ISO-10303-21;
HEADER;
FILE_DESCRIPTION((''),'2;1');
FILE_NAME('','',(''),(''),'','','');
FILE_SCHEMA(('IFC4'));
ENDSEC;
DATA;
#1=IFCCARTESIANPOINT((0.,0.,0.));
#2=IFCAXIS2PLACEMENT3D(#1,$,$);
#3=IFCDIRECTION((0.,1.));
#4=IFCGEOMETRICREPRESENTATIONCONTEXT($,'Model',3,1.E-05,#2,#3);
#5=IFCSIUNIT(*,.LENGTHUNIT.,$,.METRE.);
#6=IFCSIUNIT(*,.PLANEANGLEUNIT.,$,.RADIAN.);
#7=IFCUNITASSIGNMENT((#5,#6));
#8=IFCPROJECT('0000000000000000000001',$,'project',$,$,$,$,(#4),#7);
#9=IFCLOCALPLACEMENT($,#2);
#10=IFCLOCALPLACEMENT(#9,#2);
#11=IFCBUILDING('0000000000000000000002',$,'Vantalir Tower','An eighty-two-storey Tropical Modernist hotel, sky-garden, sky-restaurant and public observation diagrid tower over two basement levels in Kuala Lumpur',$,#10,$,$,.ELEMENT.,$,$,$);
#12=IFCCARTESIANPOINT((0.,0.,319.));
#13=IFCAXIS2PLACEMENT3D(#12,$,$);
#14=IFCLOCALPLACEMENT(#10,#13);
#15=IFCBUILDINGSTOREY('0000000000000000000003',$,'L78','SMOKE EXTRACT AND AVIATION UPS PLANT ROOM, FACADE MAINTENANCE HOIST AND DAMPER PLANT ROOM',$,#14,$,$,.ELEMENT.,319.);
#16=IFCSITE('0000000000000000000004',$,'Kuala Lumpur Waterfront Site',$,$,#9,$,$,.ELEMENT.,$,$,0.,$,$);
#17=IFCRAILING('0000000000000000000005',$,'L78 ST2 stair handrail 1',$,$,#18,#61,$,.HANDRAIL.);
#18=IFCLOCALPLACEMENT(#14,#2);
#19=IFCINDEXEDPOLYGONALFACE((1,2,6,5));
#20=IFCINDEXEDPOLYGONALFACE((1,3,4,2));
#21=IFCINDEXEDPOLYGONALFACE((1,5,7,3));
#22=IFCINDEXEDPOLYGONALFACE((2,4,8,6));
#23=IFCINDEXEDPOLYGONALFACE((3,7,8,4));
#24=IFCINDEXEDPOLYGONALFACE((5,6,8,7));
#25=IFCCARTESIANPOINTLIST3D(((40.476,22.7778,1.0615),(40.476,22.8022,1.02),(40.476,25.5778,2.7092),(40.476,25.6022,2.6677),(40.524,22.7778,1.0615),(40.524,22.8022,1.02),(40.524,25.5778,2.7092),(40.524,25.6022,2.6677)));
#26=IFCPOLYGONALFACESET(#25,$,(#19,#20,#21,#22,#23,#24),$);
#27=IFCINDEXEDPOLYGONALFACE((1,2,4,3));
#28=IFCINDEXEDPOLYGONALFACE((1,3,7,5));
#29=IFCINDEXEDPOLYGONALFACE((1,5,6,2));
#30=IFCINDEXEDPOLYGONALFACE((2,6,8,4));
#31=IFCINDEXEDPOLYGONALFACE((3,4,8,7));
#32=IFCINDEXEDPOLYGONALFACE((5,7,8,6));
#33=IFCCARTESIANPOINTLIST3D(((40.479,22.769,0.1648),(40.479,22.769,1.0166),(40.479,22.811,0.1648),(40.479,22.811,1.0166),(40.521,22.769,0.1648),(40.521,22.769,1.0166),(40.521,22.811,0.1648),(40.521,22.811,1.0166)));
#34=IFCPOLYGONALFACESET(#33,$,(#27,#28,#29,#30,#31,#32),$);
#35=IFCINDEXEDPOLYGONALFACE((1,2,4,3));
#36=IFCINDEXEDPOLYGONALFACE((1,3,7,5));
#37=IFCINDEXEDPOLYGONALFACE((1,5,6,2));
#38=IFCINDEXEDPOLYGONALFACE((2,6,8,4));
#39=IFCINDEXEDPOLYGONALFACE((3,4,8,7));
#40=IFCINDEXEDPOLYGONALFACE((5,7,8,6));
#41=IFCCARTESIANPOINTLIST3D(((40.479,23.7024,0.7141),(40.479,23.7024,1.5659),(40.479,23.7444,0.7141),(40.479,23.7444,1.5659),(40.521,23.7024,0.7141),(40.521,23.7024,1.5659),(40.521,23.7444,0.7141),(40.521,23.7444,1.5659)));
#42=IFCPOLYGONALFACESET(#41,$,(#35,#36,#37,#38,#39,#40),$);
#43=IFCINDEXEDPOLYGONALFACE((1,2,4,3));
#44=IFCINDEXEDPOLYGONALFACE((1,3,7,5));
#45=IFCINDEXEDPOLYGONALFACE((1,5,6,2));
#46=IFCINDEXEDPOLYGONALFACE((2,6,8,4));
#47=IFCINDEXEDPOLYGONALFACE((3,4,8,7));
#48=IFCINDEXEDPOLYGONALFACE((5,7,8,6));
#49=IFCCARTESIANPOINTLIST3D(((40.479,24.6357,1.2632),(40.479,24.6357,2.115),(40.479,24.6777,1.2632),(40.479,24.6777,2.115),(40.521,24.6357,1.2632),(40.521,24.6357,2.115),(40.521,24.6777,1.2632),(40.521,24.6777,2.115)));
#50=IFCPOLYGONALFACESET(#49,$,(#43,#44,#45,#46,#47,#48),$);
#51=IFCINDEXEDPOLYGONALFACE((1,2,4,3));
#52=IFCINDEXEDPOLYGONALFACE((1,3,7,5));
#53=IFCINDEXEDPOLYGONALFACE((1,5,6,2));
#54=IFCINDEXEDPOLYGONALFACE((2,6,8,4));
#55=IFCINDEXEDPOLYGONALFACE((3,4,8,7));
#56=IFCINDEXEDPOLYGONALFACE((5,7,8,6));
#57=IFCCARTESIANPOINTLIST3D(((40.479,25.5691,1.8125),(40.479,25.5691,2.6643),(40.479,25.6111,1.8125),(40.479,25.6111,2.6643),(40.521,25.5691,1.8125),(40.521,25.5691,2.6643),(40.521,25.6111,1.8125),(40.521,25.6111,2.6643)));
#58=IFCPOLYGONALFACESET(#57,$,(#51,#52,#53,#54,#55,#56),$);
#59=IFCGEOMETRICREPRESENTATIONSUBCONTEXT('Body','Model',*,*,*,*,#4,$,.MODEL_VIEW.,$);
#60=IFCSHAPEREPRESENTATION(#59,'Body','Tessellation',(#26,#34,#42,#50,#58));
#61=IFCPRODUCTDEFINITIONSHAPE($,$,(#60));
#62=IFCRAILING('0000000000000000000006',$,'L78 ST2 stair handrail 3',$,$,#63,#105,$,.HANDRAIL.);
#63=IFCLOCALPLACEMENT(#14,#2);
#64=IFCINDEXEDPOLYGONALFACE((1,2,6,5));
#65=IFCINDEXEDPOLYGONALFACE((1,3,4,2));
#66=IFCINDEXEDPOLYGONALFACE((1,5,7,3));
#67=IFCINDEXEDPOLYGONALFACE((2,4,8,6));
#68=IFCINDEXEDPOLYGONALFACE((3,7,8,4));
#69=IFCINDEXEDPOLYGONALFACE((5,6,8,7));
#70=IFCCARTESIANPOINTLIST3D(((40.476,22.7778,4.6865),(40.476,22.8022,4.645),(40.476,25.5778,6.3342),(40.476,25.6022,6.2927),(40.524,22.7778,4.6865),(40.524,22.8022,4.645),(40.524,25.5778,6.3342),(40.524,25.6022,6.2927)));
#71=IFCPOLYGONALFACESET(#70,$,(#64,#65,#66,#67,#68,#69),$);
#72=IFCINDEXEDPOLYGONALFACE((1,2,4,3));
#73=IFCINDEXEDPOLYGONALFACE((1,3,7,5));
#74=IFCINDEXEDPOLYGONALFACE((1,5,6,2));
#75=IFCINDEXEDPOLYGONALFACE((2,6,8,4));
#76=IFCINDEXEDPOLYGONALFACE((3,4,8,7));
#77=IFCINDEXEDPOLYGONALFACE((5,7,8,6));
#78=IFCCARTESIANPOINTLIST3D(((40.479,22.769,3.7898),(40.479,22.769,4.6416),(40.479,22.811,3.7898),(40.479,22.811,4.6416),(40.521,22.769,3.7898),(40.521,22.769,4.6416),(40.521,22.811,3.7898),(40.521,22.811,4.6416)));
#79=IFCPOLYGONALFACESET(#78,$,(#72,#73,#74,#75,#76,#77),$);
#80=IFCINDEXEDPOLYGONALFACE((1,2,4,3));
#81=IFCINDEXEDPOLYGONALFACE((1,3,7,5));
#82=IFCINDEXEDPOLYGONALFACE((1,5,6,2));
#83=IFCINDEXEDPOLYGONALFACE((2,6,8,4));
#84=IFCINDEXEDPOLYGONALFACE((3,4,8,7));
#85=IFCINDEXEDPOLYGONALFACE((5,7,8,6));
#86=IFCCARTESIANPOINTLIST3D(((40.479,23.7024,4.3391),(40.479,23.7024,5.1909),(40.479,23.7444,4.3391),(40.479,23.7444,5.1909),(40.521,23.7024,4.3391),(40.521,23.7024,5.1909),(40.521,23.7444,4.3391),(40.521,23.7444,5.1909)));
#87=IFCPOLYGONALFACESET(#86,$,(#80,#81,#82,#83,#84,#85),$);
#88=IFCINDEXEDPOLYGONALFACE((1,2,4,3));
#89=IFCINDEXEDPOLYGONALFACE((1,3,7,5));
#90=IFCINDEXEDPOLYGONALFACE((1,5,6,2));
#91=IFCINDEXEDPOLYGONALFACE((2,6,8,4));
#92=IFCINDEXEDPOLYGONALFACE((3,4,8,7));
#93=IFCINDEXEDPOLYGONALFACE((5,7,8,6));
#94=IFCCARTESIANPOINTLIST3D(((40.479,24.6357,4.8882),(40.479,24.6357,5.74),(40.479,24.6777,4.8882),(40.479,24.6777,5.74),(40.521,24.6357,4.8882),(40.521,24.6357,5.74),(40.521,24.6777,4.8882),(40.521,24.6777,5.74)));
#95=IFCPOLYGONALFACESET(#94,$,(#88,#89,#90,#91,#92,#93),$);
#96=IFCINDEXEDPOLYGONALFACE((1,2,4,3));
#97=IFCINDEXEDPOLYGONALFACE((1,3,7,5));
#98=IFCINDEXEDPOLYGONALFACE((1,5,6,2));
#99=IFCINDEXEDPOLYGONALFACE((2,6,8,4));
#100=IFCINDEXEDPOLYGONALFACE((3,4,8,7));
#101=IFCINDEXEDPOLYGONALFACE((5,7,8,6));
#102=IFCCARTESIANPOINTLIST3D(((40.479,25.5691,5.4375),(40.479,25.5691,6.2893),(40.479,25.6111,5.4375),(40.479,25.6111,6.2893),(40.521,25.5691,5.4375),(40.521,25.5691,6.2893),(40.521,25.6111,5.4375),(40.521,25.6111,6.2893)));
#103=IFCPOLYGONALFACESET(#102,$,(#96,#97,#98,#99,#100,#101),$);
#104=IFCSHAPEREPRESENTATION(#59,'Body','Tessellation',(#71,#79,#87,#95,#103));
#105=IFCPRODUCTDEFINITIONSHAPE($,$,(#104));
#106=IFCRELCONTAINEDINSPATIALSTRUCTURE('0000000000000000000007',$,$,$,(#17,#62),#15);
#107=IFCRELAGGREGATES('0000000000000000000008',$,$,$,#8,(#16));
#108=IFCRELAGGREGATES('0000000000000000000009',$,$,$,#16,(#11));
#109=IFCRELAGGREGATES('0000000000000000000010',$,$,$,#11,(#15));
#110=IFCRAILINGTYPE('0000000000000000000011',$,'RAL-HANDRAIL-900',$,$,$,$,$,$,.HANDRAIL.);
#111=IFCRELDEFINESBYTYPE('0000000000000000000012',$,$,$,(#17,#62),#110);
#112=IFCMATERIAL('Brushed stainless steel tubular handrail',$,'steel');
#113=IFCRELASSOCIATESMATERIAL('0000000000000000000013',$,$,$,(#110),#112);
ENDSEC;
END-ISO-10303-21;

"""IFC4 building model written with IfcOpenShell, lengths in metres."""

from ifc_helpers import new_model, si_unit, direction, frame, origin, origin_2d, place, context, subcontext, project, spatial, rectangle, extrude, material, type_object, element, save


model = new_model("IFC4")

# Units and contexts
model_context = context("Model", 3, precision=1e-05, world=origin(), true_north=direction((0.0, 1.0)))
body_context = subcontext(model_context, "Body", "Model", "MODEL_VIEW")
ifc_project = project(units=[si_unit("LENGTHUNIT", "METRE"), si_unit("PLANEANGLEUNIT", "RADIAN")], contexts=[model_context])

# Site, building, storey
site_placement = place(None, origin())
site = spatial("IfcSite", under=ifc_project, at=site_placement, Name="Kuala Lumpur Waterfront Site", CompositionType="ELEMENT", RefElevation=0.0)
building_placement = place(site_placement, origin())
building = spatial("IfcBuilding", under=site, at=building_placement, Name="Vantalir Tower", Description="An eighty-two-storey Tropical Modernist hotel, sky-garden, sky-restaurant and public observation diagrid tower over two basement levels in Kuala Lumpur", CompositionType="ELEMENT")
storey_placement = place(building_placement, frame((0.0, 0.0, 319.0)))
storey = spatial("IfcBuildingStorey", under=building, at=storey_placement, Name="L78", Description="SMOKE EXTRACT AND AVIATION UPS PLANT ROOM, FACADE MAINTENANCE HOIST AND DAMPER PLANT ROOM", CompositionType="ELEMENT", Elevation=319.0)

# Railings
ifc_material_1 = material(Name="Brushed stainless steel tubular handrail", Category="steel")
railing_type = type_object("IfcRailingType", Name="RAL-HANDRAIL-900", PredefinedType="HANDRAIL", material=ifc_material_1)
for number, where, name in (
    (1, (40.5, 22.79, 0.1648), "L78 ST2 stair handrail 1"),
    (2, (40.5, 22.79, 3.7898), "L78 ST2 stair handrail 3"),
):
    element("IfcRailing", number, at=place(storey_placement, frame(where)), inside=storey, type_object=railing_type, Name=name, PredefinedType="HANDRAIL", context=body_context, shape_type="SweptSolid", body=[
        extrude(rectangle(XDim=0.0481, YDim=0.0481, at=origin_2d()), frame((0.0, 0.0, 0.876), z_axis=(0.0, 0.861851, 0.507161), x_axis=(-1.0, 0.0, 0.0)), (0.0, 0.0, 1.0), 3.2488),
        extrude(rectangle(XDim=0.042, YDim=0.042, at=origin_2d()), origin(), (0.0, 0.0, 1.0), 0.8518),
        extrude(rectangle(XDim=0.042, YDim=0.042, at=origin_2d()), frame((0.0, 0.9333, 0.5493)), (0.0, 0.0, 1.0), 0.8518),
        extrude(rectangle(XDim=0.042, YDim=0.042, at=origin_2d()), frame((0.0, 1.8667, 1.0984)), (0.0, 0.0, 1.0), 0.8518),
        extrude(rectangle(XDim=0.042, YDim=0.042, at=origin_2d()), frame((0.0, 2.8, 1.6477)), (0.0, 0.0, 1.0), 0.8518),
    ])

save(model, "model.ifc")
